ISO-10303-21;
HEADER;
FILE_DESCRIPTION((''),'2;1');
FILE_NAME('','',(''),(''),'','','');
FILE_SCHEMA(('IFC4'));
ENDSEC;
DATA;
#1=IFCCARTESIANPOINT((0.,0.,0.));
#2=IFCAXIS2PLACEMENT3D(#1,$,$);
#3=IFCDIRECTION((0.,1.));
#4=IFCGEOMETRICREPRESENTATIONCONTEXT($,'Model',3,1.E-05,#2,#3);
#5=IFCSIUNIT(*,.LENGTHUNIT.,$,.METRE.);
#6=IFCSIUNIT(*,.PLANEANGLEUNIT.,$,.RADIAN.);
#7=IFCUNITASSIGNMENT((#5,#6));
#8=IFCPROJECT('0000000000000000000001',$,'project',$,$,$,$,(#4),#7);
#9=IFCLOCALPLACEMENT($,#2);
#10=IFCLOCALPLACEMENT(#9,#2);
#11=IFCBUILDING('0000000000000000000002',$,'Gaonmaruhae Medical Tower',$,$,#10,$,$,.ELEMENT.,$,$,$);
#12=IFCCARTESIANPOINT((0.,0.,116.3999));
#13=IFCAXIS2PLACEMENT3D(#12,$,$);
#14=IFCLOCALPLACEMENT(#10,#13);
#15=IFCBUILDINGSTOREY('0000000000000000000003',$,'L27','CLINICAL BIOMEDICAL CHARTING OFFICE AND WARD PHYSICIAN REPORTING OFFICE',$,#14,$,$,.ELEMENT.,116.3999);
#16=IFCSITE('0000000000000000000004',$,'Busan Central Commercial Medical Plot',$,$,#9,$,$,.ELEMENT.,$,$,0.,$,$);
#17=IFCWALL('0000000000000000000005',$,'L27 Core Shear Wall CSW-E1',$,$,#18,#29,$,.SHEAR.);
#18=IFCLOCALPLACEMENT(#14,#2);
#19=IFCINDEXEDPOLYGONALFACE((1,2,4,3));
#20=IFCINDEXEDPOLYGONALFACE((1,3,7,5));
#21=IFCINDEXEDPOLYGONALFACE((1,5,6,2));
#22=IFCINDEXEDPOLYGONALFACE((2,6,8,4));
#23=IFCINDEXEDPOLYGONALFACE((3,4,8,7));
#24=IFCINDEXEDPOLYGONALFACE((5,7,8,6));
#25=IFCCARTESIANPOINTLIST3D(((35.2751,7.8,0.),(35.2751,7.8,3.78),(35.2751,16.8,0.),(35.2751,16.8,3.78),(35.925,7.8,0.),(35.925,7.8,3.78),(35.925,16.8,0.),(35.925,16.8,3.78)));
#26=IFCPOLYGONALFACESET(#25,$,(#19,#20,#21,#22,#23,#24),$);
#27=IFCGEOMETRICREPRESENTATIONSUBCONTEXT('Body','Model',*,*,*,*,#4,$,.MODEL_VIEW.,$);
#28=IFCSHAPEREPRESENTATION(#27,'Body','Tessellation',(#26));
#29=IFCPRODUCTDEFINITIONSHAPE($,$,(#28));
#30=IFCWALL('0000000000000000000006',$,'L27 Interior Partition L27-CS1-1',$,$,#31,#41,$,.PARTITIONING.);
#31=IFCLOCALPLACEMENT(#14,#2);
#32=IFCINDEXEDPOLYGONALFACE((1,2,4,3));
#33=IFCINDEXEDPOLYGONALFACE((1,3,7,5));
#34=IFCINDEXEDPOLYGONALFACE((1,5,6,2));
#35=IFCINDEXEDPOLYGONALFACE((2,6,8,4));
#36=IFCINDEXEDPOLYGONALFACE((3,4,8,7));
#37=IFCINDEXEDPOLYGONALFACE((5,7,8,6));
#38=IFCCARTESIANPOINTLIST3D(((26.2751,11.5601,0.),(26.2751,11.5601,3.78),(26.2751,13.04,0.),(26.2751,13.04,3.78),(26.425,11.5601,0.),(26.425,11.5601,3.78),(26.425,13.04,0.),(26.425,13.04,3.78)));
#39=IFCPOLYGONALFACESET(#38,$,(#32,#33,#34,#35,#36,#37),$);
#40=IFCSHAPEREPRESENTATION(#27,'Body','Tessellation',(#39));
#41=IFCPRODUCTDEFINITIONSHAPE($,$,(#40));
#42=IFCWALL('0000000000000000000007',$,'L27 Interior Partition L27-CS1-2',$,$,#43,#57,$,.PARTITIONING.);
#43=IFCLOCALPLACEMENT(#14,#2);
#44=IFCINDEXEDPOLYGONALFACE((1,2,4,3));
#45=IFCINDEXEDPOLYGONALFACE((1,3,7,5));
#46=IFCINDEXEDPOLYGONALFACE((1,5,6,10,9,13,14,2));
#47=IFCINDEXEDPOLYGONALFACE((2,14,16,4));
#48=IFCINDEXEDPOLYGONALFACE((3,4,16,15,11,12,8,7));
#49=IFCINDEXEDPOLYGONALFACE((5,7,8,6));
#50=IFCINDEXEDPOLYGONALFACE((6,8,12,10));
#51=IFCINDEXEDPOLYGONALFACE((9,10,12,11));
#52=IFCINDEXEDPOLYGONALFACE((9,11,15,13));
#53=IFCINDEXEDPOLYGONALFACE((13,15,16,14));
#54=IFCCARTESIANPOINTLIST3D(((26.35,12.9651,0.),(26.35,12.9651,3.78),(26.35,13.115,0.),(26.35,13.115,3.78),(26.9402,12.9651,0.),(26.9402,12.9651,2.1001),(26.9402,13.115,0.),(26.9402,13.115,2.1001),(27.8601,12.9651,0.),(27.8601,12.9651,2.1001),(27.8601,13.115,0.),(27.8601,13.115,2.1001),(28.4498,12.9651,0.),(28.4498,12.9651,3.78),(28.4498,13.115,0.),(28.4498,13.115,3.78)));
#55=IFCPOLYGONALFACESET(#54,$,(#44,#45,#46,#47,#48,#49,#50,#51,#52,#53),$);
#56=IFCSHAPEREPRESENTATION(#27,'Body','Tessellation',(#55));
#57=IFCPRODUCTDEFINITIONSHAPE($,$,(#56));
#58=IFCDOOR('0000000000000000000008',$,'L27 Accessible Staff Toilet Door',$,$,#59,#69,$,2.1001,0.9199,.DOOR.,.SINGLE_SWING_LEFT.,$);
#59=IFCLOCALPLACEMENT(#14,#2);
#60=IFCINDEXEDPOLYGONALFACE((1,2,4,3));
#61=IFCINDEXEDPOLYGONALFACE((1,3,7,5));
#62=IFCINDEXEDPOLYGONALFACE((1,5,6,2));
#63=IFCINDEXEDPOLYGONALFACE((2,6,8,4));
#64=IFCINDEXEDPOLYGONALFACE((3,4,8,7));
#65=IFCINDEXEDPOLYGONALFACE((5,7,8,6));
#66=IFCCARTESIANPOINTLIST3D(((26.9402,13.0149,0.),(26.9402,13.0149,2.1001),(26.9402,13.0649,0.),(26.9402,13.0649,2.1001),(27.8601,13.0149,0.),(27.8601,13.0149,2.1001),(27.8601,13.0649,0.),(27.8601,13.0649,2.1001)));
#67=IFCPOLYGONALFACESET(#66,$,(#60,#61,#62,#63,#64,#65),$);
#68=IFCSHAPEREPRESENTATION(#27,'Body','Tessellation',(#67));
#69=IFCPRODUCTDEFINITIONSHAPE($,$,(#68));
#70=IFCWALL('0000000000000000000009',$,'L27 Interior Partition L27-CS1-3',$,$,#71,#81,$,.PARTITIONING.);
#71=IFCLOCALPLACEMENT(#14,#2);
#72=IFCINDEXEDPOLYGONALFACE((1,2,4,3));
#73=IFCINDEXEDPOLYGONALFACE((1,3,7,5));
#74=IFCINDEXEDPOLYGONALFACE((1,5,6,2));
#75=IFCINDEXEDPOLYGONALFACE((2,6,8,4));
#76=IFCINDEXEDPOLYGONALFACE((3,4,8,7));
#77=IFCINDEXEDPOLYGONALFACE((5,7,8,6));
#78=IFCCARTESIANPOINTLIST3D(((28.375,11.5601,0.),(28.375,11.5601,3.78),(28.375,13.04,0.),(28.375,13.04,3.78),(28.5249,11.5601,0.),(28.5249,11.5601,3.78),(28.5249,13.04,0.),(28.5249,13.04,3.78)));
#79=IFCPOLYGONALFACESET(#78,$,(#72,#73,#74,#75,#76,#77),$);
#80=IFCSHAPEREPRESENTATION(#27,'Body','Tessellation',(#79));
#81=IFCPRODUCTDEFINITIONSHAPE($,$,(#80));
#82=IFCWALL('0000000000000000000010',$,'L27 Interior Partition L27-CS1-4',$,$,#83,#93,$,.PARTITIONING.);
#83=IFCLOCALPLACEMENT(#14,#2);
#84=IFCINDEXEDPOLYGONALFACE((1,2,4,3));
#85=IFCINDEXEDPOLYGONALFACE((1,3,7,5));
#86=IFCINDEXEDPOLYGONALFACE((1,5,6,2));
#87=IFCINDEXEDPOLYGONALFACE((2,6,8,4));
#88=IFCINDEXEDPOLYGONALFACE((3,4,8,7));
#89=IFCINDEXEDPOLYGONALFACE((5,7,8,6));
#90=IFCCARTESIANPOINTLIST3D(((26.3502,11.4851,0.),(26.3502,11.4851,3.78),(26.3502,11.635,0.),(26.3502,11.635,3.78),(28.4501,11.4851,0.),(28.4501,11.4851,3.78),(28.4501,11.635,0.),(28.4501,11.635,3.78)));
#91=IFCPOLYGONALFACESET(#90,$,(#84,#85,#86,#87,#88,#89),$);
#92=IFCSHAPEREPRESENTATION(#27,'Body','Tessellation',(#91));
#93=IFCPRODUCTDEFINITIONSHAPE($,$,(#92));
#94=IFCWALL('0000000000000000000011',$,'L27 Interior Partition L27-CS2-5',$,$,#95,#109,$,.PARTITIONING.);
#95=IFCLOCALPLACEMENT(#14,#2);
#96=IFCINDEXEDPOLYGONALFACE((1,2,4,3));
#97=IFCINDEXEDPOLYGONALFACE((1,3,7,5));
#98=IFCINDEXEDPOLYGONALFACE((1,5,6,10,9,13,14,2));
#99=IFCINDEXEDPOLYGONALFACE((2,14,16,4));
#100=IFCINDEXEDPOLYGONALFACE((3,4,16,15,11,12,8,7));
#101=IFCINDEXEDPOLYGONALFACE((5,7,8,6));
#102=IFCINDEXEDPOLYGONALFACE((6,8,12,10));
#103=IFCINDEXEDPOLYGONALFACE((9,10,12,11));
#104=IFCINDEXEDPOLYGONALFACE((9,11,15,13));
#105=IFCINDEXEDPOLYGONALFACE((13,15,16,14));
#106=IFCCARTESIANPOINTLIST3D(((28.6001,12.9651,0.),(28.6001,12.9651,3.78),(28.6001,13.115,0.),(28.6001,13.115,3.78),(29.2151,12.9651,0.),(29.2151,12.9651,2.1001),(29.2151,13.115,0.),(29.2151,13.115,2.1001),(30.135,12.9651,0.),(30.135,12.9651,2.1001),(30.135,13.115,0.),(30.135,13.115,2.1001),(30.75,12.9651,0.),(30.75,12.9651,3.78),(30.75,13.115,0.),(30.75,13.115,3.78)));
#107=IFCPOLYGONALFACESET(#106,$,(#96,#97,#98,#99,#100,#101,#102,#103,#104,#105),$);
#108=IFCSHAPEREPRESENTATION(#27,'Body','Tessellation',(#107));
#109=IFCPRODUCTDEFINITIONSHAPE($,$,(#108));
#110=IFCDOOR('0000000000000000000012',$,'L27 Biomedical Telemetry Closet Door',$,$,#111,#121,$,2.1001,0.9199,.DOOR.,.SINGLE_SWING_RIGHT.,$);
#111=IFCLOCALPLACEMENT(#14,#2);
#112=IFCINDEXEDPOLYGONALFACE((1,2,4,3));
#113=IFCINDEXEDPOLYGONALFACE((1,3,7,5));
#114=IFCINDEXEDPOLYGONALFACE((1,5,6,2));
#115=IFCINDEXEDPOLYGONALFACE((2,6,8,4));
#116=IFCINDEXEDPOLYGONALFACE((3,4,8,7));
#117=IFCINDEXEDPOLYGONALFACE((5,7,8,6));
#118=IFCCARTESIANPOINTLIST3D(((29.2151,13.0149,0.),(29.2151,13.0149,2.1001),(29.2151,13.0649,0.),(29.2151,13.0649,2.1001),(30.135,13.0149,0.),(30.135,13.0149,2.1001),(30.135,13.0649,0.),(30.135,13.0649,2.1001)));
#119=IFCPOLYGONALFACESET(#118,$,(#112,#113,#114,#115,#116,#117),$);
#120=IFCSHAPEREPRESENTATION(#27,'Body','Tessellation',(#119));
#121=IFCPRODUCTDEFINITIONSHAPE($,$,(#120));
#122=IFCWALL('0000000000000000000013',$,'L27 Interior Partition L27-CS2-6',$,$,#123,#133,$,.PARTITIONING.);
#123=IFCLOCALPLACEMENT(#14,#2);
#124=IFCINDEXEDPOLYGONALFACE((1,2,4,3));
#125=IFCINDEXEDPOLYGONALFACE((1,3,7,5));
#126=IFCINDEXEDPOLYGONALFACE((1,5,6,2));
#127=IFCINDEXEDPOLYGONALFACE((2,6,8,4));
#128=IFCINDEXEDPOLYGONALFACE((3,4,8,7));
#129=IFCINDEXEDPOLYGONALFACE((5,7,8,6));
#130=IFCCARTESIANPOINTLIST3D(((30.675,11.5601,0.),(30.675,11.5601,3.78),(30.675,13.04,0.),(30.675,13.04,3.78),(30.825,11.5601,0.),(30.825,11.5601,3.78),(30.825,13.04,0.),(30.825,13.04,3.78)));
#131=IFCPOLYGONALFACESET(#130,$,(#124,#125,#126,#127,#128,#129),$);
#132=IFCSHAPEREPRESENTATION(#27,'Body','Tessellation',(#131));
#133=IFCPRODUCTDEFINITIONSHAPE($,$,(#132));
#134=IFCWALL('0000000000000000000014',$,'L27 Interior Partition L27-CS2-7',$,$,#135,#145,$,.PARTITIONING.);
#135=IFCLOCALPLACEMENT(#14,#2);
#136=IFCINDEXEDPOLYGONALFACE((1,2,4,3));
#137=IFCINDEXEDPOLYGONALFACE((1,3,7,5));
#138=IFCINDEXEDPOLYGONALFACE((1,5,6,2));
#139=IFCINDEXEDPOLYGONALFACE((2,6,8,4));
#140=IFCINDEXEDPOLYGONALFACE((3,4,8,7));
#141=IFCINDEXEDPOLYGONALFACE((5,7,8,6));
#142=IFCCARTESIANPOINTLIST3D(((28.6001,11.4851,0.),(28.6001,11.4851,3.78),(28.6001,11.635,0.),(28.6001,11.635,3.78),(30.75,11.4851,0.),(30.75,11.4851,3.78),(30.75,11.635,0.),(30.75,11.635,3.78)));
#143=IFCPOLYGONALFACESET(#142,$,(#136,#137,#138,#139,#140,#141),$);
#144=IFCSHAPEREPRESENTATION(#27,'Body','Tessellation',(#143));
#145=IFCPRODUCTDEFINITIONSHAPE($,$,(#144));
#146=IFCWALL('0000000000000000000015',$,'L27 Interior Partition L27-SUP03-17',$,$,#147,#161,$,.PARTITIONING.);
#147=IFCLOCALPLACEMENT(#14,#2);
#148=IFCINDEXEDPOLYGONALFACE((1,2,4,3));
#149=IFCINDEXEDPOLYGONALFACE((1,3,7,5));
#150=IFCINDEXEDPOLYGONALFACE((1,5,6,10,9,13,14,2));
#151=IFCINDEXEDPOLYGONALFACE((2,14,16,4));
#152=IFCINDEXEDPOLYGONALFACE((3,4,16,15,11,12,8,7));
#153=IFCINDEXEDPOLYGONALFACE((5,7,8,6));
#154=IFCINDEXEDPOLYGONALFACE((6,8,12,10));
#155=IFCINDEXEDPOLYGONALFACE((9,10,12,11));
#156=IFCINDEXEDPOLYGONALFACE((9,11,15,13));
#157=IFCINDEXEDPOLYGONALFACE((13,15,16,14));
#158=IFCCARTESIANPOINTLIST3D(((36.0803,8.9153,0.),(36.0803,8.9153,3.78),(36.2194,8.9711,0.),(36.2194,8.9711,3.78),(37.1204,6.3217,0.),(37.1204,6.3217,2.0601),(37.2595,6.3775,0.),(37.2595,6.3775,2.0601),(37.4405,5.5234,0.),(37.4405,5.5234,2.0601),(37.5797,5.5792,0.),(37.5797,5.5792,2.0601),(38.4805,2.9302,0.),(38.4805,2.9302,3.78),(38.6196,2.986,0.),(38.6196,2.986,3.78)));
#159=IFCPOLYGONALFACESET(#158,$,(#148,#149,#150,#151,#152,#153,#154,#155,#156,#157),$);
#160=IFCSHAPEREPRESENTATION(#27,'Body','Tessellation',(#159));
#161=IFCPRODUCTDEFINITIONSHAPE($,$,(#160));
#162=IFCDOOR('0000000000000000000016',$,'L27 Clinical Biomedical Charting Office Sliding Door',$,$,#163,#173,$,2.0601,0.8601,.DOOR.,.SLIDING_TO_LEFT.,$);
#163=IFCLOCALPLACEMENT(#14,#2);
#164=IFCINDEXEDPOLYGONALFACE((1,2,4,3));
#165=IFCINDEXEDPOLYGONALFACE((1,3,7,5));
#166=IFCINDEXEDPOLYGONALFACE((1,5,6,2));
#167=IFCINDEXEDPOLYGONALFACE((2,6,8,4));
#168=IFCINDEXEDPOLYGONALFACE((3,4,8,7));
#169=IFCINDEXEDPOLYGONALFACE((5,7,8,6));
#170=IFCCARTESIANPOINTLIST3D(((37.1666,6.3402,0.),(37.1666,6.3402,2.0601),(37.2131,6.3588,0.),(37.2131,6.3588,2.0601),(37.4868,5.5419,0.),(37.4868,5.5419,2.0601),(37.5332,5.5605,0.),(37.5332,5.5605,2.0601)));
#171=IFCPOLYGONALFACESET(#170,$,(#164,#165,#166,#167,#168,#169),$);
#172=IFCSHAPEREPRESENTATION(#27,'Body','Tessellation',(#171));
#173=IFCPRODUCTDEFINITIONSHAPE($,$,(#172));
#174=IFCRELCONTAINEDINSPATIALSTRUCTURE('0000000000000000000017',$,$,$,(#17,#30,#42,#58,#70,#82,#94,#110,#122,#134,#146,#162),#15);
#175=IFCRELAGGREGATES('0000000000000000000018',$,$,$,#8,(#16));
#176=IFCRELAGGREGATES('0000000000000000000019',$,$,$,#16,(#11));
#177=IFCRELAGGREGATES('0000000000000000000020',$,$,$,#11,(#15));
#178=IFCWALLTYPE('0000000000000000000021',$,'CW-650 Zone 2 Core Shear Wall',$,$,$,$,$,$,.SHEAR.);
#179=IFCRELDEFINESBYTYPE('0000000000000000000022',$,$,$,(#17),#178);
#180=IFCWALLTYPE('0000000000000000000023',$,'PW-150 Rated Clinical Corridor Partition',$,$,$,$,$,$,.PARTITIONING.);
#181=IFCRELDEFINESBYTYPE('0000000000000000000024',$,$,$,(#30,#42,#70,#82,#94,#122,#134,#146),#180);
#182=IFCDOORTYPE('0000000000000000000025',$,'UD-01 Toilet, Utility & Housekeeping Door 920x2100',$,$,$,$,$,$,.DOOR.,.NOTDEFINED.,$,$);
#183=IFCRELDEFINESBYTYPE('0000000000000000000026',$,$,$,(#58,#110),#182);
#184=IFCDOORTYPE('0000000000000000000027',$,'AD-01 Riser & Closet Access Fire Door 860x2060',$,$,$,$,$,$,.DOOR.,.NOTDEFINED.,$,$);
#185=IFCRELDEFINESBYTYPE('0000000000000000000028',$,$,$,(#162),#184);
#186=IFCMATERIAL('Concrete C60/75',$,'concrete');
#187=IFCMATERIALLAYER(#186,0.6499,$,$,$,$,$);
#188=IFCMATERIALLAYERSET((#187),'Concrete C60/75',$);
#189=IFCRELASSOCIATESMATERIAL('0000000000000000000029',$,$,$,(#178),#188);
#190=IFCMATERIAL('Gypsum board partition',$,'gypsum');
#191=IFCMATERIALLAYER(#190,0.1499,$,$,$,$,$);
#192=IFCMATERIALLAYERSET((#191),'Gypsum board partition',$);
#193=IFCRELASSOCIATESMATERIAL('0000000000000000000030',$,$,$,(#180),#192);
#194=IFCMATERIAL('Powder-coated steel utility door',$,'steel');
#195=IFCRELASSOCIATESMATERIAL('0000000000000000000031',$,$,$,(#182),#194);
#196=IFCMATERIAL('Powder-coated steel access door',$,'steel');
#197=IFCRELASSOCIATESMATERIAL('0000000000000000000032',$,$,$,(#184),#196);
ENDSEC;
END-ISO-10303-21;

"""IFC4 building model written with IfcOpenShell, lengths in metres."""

from ifc_helpers import new_model, si_unit, direction, frame, frame_2d, origin, place, context, subcontext, project, spatial, rectangle, extrude, material, layer, layer_set, type_object, element, fill, save


model = new_model("IFC4")

# Units and contexts
model_context = context("Model", 3, precision=1e-05, world=origin(), true_north=direction((0.0, 1.0)))
body_context = subcontext(model_context, "Body", "Model", "MODEL_VIEW")
ifc_project = project(units=[si_unit("LENGTHUNIT", "METRE"), si_unit("PLANEANGLEUNIT", "RADIAN")], contexts=[model_context])

# Site, building, storey
site_placement = place(None, origin())
site = spatial("IfcSite", under=ifc_project, at=site_placement, Name="Busan Central Commercial Medical Plot", CompositionType="ELEMENT", RefElevation=0.0)
building_placement = place(site_placement, origin())
building = spatial("IfcBuilding", under=site, at=building_placement, Name="Gaonmaruhae Medical Tower", CompositionType="ELEMENT")
storey_placement = place(building_placement, frame((0.0, 0.0, 116.3999)))
storey = spatial("IfcBuildingStorey", under=building, at=storey_placement, Name="L27", Description="CLINICAL BIOMEDICAL CHARTING OFFICE AND WARD PHYSICIAN REPORTING OFFICE", CompositionType="ELEMENT", Elevation=116.3999)

# Shared definitions
ifc_material_1 = material(Name="Concrete C60/75", Category="concrete")

# Walls
ifc_layer_1 = layer(ifc_material_1, 0.6499)
ifc_layer_set_1 = layer_set([ifc_layer_1], Name="Concrete C60/75")
wall_type_1 = type_object("IfcWallType", Name="CW-650 Zone 2 Core Shear Wall", PredefinedType="SHEAR", material=ifc_layer_set_1)
wall_1_placement = place(storey_placement, frame((35.6001, 7.8, 0.0), z_axis=(0.0, 0.0, 1.0), x_axis=(0.0, 1.0, 0.0)))
element("IfcWall", 1, at=wall_1_placement, inside=storey, type_object=wall_type_1, Name="L27 Core Shear Wall CSW-E1", PredefinedType="SHEAR", context=body_context, shape_type="SweptSolid", body=[
    extrude(rectangle(XDim=9.0, YDim=0.6499, at=frame_2d((4.5, 0.0))), origin(), (0.0, 0.0, 1.0), 3.78),
])
ifc_material_2 = material(Name="Gypsum board partition", Category="gypsum")
ifc_layer_2 = layer(ifc_material_2, 0.1499)
ifc_layer_set_2 = layer_set([ifc_layer_2], Name="Gypsum board partition")
wall_type_2 = type_object("IfcWallType", Name="PW-150 Rated Clinical Corridor Partition", PredefinedType="PARTITIONING", material=ifc_layer_set_2)
wall_2_placement = place(storey_placement, frame((26.3501, 11.5601, 0.0), z_axis=(0.0, 0.0, 1.0), x_axis=(0.0, 1.0, 0.0)))
element("IfcWall", 2, at=wall_2_placement, inside=storey, type_object=wall_type_2, Name="L27 Interior Partition L27-CS1-1", PredefinedType="PARTITIONING", context=body_context, shape_type="SweptSolid", body=[
    extrude(rectangle(XDim=1.48, YDim=0.1499, at=frame_2d((0.74, 0.0))), origin(), (0.0, 0.0, 1.0), 3.78),
])

# Wall, opening, door
wall_3_placement = place(storey_placement, frame((26.3501, 13.04, 0.0), z_axis=(0.0, 0.0, 1.0), x_axis=(1.0, 0.0, 0.0)))
wall_3 = element("IfcWall", 3, at=wall_3_placement, inside=storey, type_object=wall_type_2, Name="L27 Interior Partition L27-CS1-2", PredefinedType="PARTITIONING", context=body_context, shape_type="SweptSolid", body=[
    extrude(rectangle(XDim=2.0999, YDim=0.1499, at=frame_2d((1.0498, 0.0))), origin(), (0.0, 0.0, 1.0), 3.78),
])
opening_1_placement = place(wall_3_placement, frame((0.5901, 0.0, 0.0)))
opening_1 = element("IfcOpeningElement", 4, at=opening_1_placement, cuts=wall_3, PredefinedType="OPENING", context=body_context, shape_type="SweptSolid", body=[
    extrude(rectangle(XDim=0.9199, YDim=2.1001, at=frame_2d((0.46, 1.05))), frame((0.0, 0.085, 0.0), z_axis=(0.0, -1.0, 0.0), x_axis=(1.0, 0.0, 0.0)), (0.0, 0.0, 1.0), 0.1699),
])
ifc_material_3 = material(Name="Powder-coated steel utility door", Category="steel")
door_type_1 = type_object("IfcDoorType", Name="UD-01 Toilet, Utility & Housekeeping Door 920x2100", OperationType="NOTDEFINED", PredefinedType="DOOR", material=ifc_material_3)
door_1_placement = place(opening_1_placement, origin())
door_1 = element("IfcDoor", 5, at=door_1_placement, inside=storey, type_object=door_type_1, Name="L27 Accessible Staff Toilet Door", OperationType="SINGLE_SWING_LEFT", OverallHeight=2.1001, OverallWidth=0.9199, PredefinedType="DOOR", context=body_context, shape_type="SweptSolid", body=[
    extrude(rectangle(XDim=0.9199, YDim=2.1001, at=frame_2d((0.46, 1.05))), frame((0.0, 0.0249, 0.0), z_axis=(0.0, -1.0, 0.0), x_axis=(1.0, 0.0, 0.0)), (0.0, 0.0, 1.0), 0.05),
])
fill(opening_1, door_1)

# Walls
wall_4_placement = place(storey_placement, frame((28.45, 13.04, 0.0), z_axis=(0.0, 0.0, 1.0), x_axis=(0.0, -1.0, 0.0)))
element("IfcWall", 6, at=wall_4_placement, inside=storey, type_object=wall_type_2, Name="L27 Interior Partition L27-CS1-3", PredefinedType="PARTITIONING", context=body_context, shape_type="SweptSolid", body=[
    extrude(rectangle(XDim=1.48, YDim=0.1499, at=frame_2d((0.74, 0.0))), origin(), (0.0, 0.0, 1.0), 3.78),
])
wall_5_placement = place(storey_placement, frame((28.45, 11.5601, 0.0), z_axis=(0.0, 0.0, 1.0), x_axis=(-1.0, 0.0, 0.0)))
element("IfcWall", 7, at=wall_5_placement, inside=storey, type_object=wall_type_2, Name="L27 Interior Partition L27-CS1-4", PredefinedType="PARTITIONING", context=body_context, shape_type="SweptSolid", body=[
    extrude(rectangle(XDim=2.0999, YDim=0.1499, at=frame_2d((1.0498, 0.0))), origin(), (0.0, 0.0, 1.0), 3.78),
])

# Wall, opening, door
wall_6_placement = place(storey_placement, frame((28.6001, 13.04, 0.0), z_axis=(0.0, 0.0, 1.0), x_axis=(1.0, 0.0, 0.0)))
wall_6 = element("IfcWall", 8, at=wall_6_placement, inside=storey, type_object=wall_type_2, Name="L27 Interior Partition L27-CS2-5", PredefinedType="PARTITIONING", context=body_context, shape_type="SweptSolid", body=[
    extrude(rectangle(XDim=2.1499, YDim=0.1499, at=frame_2d((1.075, 0.0))), origin(), (0.0, 0.0, 1.0), 3.78),
])
opening_2_placement = place(wall_6_placement, frame((0.615, 0.0, 0.0)))
opening_2 = element("IfcOpeningElement", 9, at=opening_2_placement, cuts=wall_6, PredefinedType="OPENING", context=body_context, shape_type="SweptSolid", body=[
    extrude(rectangle(XDim=0.9199, YDim=2.1001, at=frame_2d((0.46, 1.05))), frame((0.0, 0.085, 0.0), z_axis=(0.0, -1.0, 0.0), x_axis=(1.0, 0.0, 0.0)), (0.0, 0.0, 1.0), 0.1699),
])
door_2_placement = place(opening_2_placement, origin())
door_2 = element("IfcDoor", 10, at=door_2_placement, inside=storey, type_object=door_type_1, Name="L27 Biomedical Telemetry Closet Door", OperationType="SINGLE_SWING_RIGHT", OverallHeight=2.1001, OverallWidth=0.9199, PredefinedType="DOOR", context=body_context, shape_type="SweptSolid", body=[
    extrude(rectangle(XDim=0.9199, YDim=2.1001, at=frame_2d((0.46, 1.05))), frame((0.0, 0.0249, 0.0), z_axis=(0.0, -1.0, 0.0), x_axis=(1.0, 0.0, 0.0)), (0.0, 0.0, 1.0), 0.05),
])
fill(opening_2, door_2)

# Walls
wall_7_placement = place(storey_placement, frame((30.75, 13.04, 0.0), z_axis=(0.0, 0.0, 1.0), x_axis=(0.0, -1.0, 0.0)))
element("IfcWall", 11, at=wall_7_placement, inside=storey, type_object=wall_type_2, Name="L27 Interior Partition L27-CS2-6", PredefinedType="PARTITIONING", context=body_context, shape_type="SweptSolid", body=[
    extrude(rectangle(XDim=1.48, YDim=0.1499, at=frame_2d((0.74, 0.0))), origin(), (0.0, 0.0, 1.0), 3.78),
])
wall_8_placement = place(storey_placement, frame((30.75, 11.5601, 0.0), z_axis=(0.0, 0.0, 1.0), x_axis=(-1.0, 0.0, 0.0)))
element("IfcWall", 12, at=wall_8_placement, inside=storey, type_object=wall_type_2, Name="L27 Interior Partition L27-CS2-7", PredefinedType="PARTITIONING", context=body_context, shape_type="SweptSolid", body=[
    extrude(rectangle(XDim=2.1499, YDim=0.1499, at=frame_2d((1.075, 0.0))), origin(), (0.0, 0.0, 1.0), 3.78),
])

# Wall, opening, door
wall_9_placement = place(storey_placement, frame((36.1499, 8.9431, 0.0), z_axis=(0.0, 0.0, 1.0), x_axis=(0.372206, -0.92815, 0.0)))
wall_9 = element("IfcWall", 13, at=wall_9_placement, inside=storey, type_object=wall_type_2, Name="L27 Interior Partition L27-SUP03-17", PredefinedType="PARTITIONING", context=body_context, shape_type="SweptSolid", body=[
    extrude(rectangle(XDim=6.4485, YDim=0.1499, at=frame_2d((3.2241, 0.0))), origin(), (0.0, 0.0, 1.0), 3.78),
])
opening_3_placement = place(wall_9_placement, frame((2.7942, 0.0, 0.0)))
opening_3 = element("IfcOpeningElement", 14, at=opening_3_placement, cuts=wall_9, PredefinedType="OPENING", context=body_context, shape_type="SweptSolid", body=[
    extrude(rectangle(XDim=0.8601, YDim=2.0601, at=frame_2d((0.4302, 1.03))), frame((0.0, 0.085, 0.0), z_axis=(0.0, -1.0, 0.0), x_axis=(1.0, 0.0, 0.0)), (0.0, 0.0, 1.0), 0.1699),
])
ifc_material_4 = material(Name="Powder-coated steel access door", Category="steel")
door_type_2 = type_object("IfcDoorType", Name="AD-01 Riser & Closet Access Fire Door 860x2060", OperationType="NOTDEFINED", PredefinedType="DOOR", material=ifc_material_4)
door_3_placement = place(opening_3_placement, origin())
door_3 = element("IfcDoor", 15, at=door_3_placement, inside=storey, type_object=door_type_2, Name="L27 Clinical Biomedical Charting Office Sliding Door", OperationType="SLIDING_TO_LEFT", OverallHeight=2.0601, OverallWidth=0.8601, PredefinedType="DOOR", context=body_context, shape_type="SweptSolid", body=[
    extrude(rectangle(XDim=0.8601, YDim=2.0601, at=frame_2d((0.4302, 1.03))), frame((0.0, 0.0249, 0.0), z_axis=(0.0, -1.0, 0.0), x_axis=(1.0, 0.0, 0.0)), (0.0, 0.0, 1.0), 0.05),
])
fill(opening_3, door_3)

save(model, "model.ifc")
